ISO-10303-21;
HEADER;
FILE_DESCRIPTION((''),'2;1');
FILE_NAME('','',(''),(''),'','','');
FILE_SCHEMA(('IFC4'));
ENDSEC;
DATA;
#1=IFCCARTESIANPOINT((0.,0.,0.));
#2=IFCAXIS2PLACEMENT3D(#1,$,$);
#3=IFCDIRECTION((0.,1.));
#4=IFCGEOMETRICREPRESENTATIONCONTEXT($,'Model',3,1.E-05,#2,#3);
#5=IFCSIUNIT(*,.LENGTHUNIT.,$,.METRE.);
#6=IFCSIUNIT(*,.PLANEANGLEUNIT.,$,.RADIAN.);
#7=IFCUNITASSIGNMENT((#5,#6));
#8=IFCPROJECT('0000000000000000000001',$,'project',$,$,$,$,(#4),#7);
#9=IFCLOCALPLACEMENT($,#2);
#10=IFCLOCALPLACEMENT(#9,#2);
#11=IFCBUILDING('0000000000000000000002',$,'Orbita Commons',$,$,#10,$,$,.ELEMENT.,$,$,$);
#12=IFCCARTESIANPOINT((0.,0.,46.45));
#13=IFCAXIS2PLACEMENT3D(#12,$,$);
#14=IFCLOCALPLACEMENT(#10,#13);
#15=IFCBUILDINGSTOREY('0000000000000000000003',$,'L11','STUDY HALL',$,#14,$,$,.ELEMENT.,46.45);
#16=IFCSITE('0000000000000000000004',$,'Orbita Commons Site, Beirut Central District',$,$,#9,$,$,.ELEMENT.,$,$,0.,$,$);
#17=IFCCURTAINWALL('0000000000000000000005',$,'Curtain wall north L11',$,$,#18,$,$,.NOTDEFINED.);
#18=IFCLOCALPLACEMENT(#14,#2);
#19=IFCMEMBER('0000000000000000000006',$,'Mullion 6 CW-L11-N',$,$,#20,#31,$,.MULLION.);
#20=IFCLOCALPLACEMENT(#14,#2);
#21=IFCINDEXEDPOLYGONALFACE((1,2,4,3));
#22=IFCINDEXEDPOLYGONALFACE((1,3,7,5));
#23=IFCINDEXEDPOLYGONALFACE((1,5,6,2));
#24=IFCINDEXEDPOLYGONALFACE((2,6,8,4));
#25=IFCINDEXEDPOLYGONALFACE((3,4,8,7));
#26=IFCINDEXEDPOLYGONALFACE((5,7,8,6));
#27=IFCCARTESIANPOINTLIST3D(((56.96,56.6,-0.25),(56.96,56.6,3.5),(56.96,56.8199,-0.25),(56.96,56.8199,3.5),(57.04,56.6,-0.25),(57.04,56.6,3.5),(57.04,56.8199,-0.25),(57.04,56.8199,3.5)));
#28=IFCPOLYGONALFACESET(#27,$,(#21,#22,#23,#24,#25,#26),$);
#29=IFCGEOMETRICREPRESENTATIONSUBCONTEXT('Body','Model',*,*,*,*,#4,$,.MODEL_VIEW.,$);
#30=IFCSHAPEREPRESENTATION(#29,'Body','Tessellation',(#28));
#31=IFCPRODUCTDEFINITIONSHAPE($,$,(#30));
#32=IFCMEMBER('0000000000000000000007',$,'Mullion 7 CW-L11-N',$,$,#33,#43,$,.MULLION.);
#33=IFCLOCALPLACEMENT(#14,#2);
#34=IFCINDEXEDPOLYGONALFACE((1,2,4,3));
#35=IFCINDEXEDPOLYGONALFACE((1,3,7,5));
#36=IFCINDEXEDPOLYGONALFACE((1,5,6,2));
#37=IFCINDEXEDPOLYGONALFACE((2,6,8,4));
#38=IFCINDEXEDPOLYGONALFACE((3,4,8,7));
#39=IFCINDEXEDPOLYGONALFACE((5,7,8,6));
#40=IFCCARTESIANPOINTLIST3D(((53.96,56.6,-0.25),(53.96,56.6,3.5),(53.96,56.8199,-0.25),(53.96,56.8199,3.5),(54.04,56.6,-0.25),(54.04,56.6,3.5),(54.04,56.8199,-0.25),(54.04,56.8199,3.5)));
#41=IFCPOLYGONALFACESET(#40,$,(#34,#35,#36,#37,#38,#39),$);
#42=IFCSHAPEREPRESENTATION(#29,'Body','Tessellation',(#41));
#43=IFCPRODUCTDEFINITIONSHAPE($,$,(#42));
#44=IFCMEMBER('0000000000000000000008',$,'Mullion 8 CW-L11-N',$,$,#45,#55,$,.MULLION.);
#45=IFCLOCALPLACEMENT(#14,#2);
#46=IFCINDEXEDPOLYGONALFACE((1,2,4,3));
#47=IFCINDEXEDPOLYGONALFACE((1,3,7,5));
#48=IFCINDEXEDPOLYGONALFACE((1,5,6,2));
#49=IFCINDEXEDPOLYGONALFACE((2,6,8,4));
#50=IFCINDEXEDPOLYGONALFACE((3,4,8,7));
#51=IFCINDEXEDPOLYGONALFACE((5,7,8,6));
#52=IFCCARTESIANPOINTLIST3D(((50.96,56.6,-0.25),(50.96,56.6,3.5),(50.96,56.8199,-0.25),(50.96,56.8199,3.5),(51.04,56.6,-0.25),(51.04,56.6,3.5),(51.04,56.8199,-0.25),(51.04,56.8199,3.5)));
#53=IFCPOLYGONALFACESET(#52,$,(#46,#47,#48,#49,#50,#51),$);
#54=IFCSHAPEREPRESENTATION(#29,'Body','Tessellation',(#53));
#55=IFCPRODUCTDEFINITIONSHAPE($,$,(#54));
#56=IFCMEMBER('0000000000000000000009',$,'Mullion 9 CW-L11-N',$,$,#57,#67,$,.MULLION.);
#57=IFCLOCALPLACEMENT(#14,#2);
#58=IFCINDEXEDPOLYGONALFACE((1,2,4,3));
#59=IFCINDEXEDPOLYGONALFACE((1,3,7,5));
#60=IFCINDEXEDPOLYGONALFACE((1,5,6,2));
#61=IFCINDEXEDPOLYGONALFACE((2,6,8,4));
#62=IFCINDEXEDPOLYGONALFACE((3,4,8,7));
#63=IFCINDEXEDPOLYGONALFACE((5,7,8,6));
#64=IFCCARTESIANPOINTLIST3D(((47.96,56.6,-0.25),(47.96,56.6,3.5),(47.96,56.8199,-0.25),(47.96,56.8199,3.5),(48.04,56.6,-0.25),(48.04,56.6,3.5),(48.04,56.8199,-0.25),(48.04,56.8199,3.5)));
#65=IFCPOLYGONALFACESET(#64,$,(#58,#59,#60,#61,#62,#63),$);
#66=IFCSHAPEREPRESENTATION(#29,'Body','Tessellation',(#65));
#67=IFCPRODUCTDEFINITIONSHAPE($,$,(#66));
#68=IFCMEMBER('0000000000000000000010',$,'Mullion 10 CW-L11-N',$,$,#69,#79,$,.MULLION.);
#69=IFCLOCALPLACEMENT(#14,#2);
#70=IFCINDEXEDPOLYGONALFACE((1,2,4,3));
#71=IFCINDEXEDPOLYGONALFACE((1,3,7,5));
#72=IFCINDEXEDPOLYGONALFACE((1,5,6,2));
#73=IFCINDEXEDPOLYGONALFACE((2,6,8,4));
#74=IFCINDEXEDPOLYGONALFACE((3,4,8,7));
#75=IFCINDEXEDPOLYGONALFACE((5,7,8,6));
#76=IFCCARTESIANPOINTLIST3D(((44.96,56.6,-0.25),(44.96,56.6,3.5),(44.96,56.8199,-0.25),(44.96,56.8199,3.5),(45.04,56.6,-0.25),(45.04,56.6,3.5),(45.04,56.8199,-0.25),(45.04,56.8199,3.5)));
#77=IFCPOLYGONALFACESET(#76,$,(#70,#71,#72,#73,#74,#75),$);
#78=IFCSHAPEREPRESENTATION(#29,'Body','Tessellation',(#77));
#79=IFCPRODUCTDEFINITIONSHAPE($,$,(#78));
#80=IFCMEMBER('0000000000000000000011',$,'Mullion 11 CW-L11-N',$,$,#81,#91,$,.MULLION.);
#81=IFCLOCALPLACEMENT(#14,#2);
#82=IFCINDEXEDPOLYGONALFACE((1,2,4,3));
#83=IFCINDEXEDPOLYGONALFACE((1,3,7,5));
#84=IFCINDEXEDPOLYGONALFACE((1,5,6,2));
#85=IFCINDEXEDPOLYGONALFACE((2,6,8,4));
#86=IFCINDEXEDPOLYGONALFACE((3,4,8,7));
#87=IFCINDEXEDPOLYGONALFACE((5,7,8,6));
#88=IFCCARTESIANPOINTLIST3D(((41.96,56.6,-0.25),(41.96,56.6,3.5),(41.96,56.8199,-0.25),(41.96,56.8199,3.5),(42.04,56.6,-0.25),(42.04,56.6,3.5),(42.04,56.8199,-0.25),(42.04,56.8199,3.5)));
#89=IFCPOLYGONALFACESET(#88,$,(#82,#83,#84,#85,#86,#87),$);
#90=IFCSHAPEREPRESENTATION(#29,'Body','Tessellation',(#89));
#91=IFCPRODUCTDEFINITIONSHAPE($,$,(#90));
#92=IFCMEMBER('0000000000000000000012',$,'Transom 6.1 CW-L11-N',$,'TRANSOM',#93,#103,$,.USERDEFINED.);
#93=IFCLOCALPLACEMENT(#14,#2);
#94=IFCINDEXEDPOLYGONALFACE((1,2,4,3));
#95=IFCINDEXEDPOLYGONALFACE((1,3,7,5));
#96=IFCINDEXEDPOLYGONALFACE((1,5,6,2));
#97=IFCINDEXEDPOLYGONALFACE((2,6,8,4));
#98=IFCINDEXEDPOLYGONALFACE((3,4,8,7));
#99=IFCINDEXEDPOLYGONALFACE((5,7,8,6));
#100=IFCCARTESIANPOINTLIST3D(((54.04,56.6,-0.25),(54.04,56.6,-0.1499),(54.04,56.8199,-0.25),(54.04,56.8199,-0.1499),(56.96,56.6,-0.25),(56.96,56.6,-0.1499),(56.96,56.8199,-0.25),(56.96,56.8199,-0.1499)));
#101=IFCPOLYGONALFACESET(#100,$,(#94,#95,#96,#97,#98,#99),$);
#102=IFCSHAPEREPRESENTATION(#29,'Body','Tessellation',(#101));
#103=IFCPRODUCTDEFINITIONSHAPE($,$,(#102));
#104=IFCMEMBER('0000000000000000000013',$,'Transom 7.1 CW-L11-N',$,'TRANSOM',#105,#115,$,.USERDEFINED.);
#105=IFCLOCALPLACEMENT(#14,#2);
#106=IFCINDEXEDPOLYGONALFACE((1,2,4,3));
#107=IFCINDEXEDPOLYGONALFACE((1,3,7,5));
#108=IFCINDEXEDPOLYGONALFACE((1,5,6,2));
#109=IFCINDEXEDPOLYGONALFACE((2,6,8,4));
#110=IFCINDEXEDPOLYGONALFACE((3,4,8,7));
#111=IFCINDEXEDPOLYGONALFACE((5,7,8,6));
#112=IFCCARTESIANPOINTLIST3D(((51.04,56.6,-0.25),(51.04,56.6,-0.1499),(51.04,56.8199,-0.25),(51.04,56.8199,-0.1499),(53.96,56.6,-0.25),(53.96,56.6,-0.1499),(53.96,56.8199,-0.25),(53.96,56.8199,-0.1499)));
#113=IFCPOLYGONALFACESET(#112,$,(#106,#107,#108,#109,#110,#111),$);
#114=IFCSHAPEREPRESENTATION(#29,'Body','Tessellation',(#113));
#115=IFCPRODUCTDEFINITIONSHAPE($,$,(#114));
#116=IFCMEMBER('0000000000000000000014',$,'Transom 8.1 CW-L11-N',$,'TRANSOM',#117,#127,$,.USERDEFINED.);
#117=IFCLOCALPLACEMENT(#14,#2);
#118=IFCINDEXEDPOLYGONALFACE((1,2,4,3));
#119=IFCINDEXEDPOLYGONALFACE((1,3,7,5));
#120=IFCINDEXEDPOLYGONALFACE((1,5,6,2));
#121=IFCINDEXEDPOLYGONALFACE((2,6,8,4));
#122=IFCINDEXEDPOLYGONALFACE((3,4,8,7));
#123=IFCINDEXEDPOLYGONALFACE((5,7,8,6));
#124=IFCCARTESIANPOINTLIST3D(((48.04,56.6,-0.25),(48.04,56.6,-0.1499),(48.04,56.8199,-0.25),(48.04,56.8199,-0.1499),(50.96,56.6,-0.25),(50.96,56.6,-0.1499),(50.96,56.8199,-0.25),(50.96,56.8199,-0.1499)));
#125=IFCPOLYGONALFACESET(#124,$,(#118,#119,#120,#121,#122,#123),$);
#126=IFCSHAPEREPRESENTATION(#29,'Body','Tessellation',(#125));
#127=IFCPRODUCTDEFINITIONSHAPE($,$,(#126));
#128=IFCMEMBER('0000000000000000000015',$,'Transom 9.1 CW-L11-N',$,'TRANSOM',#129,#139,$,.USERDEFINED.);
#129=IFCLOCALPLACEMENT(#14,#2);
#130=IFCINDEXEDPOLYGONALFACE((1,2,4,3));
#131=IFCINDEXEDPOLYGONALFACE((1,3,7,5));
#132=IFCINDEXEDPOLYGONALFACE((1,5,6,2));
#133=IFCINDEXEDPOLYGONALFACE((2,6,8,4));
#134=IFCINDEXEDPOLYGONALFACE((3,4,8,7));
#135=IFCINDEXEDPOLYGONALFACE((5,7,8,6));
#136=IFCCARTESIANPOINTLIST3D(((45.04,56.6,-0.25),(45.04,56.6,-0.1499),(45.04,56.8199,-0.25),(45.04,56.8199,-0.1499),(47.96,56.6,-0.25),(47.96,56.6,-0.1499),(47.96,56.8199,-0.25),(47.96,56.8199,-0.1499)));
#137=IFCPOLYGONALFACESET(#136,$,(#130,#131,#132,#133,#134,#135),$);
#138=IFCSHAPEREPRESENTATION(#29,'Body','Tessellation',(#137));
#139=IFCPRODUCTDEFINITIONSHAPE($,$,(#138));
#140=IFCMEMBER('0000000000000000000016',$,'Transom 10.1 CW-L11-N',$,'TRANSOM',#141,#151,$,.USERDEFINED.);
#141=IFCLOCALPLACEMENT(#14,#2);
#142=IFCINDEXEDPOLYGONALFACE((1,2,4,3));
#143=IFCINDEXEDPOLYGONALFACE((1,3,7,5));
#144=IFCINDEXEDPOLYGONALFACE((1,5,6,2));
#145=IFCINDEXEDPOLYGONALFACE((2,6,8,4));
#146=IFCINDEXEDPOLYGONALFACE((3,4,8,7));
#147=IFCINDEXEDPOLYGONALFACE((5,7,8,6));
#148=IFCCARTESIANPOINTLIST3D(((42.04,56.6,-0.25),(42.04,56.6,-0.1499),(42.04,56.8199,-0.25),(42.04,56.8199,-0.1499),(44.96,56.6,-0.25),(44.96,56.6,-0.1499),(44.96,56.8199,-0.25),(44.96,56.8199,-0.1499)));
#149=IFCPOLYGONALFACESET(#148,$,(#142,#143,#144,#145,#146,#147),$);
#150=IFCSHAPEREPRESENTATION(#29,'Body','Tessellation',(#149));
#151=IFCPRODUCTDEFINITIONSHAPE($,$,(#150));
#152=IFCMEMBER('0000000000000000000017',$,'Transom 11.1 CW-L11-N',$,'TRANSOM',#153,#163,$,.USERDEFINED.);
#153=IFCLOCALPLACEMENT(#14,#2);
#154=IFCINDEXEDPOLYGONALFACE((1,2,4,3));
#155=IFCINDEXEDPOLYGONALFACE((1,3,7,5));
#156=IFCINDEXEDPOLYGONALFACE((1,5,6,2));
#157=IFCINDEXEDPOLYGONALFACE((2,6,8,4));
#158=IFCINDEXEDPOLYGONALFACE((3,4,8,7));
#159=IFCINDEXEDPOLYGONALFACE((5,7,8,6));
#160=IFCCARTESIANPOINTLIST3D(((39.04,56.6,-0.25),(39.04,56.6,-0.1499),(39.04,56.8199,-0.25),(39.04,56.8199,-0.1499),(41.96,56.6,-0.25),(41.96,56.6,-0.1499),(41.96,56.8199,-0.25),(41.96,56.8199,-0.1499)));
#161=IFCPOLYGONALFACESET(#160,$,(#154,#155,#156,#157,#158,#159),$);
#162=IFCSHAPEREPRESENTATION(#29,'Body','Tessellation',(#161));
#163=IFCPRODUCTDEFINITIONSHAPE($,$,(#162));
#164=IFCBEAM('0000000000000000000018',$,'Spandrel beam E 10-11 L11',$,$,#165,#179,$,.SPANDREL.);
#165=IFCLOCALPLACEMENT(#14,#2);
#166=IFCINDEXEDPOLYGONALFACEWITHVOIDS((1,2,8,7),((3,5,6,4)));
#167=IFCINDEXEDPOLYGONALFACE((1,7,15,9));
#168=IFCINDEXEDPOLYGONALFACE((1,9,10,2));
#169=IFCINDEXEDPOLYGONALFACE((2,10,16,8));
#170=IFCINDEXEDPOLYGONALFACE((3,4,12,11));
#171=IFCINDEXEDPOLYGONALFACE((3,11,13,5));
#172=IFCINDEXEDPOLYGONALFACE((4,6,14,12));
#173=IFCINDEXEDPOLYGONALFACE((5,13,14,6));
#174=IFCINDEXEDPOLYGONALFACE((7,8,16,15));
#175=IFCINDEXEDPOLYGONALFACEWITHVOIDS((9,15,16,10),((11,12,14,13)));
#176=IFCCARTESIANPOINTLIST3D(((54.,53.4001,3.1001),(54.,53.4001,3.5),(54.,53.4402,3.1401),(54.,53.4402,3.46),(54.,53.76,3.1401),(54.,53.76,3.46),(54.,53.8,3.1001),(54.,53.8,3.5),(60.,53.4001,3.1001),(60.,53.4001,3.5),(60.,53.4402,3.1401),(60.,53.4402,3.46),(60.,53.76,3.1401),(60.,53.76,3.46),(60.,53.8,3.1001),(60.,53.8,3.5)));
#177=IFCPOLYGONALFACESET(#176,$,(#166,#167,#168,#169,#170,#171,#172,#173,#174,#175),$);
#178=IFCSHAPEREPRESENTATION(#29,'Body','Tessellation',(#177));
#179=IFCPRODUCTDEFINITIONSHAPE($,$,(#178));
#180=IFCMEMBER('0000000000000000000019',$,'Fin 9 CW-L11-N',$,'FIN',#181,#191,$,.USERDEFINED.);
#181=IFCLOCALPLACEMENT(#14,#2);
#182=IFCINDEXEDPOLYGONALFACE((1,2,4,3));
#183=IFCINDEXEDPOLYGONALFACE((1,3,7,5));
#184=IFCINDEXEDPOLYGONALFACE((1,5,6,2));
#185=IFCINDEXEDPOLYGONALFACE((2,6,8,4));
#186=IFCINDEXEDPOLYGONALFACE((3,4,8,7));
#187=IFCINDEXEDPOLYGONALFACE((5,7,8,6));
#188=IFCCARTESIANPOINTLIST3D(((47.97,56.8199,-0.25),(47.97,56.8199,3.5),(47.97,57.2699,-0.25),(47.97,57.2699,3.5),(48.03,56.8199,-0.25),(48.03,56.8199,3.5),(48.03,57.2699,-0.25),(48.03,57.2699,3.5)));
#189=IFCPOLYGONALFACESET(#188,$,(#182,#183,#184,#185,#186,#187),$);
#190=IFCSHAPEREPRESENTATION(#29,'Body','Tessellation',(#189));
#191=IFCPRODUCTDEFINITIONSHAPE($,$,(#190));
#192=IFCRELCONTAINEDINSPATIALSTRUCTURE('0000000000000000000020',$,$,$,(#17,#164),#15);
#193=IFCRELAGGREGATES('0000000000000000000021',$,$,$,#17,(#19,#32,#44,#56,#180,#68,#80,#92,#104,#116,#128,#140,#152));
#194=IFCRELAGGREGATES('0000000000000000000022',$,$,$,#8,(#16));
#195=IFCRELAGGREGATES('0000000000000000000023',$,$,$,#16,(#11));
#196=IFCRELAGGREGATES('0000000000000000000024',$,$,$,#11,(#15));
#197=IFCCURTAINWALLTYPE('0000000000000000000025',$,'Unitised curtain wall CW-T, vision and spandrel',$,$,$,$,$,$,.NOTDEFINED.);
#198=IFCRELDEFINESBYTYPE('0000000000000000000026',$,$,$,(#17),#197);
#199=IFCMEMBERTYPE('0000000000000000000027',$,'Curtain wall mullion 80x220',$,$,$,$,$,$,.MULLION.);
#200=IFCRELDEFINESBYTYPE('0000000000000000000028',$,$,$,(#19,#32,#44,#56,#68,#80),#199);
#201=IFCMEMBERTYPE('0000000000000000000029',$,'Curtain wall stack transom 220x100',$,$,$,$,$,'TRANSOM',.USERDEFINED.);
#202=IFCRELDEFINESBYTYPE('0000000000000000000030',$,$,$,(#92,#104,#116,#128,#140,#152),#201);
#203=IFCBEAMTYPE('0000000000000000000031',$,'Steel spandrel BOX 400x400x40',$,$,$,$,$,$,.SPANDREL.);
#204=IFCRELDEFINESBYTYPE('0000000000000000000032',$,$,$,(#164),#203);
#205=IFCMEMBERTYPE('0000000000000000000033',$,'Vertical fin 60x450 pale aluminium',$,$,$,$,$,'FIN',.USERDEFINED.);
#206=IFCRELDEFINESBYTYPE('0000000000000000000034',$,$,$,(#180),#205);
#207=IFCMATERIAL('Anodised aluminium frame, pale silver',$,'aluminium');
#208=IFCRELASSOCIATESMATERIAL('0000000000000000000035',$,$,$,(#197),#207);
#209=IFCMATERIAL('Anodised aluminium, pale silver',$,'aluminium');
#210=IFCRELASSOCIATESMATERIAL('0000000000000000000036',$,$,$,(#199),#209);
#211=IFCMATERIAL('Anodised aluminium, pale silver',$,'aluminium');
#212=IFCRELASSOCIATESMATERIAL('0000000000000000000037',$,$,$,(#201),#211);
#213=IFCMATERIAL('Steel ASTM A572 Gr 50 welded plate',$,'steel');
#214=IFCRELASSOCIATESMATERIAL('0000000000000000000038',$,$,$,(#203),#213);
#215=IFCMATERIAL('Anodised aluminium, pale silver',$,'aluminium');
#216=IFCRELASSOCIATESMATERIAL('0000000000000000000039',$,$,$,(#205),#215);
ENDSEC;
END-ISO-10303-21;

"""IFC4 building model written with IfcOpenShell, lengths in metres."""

from ifc_helpers import new_model, si_unit, direction, frame, origin, origin_2d, place, context, subcontext, project, spatial, rectangle, hollow_rectangle, extrude, material, material_profile, profile_set, type_object, element, aggregate, save


model = new_model("IFC4")

# Units and contexts
model_context = context("Model", 3, precision=1e-05, world=origin(), true_north=direction((0.0, 1.0)))
body_context = subcontext(model_context, "Body", "Model", "MODEL_VIEW")
ifc_project = project(units=[si_unit("LENGTHUNIT", "METRE"), si_unit("PLANEANGLEUNIT", "RADIAN")], contexts=[model_context])

# Site, building, storey
site_placement = place(None, origin())
site = spatial("IfcSite", under=ifc_project, at=site_placement, Name="Orbita Commons Site, Beirut Central District", CompositionType="ELEMENT", RefElevation=0.0)
building_placement = place(site_placement, origin())
building = spatial("IfcBuilding", under=site, at=building_placement, Name="Orbita Commons", CompositionType="ELEMENT")
storey_placement = place(building_placement, frame((0.0, 0.0, 46.45)))
storey = spatial("IfcBuildingStorey", under=building, at=storey_placement, Name="L11", Description="STUDY HALL", CompositionType="ELEMENT", Elevation=46.45)

# Curtain wall, members
ifc_material_1 = material(Name="Anodised aluminium frame, pale silver", Category="aluminium")
curtain_wall_type = type_object("IfcCurtainWallType", Name="Unitised curtain wall CW-T, vision and spandrel", PredefinedType="NOTDEFINED", material=ifc_material_1)
curtain_wall_placement = place(storey_placement, origin())
curtain_wall = element("IfcCurtainWall", 1, at=curtain_wall_placement, inside=storey, type_object=curtain_wall_type, Name="Curtain wall north L11", PredefinedType="NOTDEFINED")
ifc_material_2 = material(Name="Anodised aluminium, pale silver", Category="aluminium")
ifc_material_profile_1 = material_profile(ifc_material_2, rectangle(XDim=0.0801, YDim=0.22, at=origin_2d()), Name="AL 80x220")
ifc_profile_set_1 = profile_set([ifc_material_profile_1], Name="Anodised aluminium, pale silver")
member_type_1 = type_object("IfcMemberType", Name="Curtain wall mullion 80x220", PredefinedType="MULLION", material=ifc_profile_set_1)
member_1_placement = place(storey_placement, frame((57.0, 56.71, -0.25), z_axis=(0.0, 0.0, 1.0), x_axis=(-1.0, 0.0, 0.0)))
member_1 = element("IfcMember", 2, at=member_1_placement, type_object=member_type_1, Name="Mullion 6 CW-L11-N", PredefinedType="MULLION", context=body_context, shape_type="SweptSolid", body=[
    extrude(rectangle(XDim=0.0801, YDim=0.22, at=origin_2d()), origin(), (0.0, 0.0, 1.0), 3.75),
])
member_2_placement = place(storey_placement, frame((54.0, 56.71, -0.25), z_axis=(0.0, 0.0, 1.0), x_axis=(-1.0, 0.0, 0.0)))
member_2 = element("IfcMember", 3, at=member_2_placement, type_object=member_type_1, Name="Mullion 7 CW-L11-N", PredefinedType="MULLION", context=body_context, shape_type="SweptSolid", body=[
    extrude(rectangle(XDim=0.0801, YDim=0.22, at=origin_2d()), origin(), (0.0, 0.0, 1.0), 3.75),
])
member_3_placement = place(storey_placement, frame((51.0, 56.71, -0.25), z_axis=(0.0, 0.0, 1.0), x_axis=(-1.0, 0.0, 0.0)))
member_3 = element("IfcMember", 4, at=member_3_placement, type_object=member_type_1, Name="Mullion 8 CW-L11-N", PredefinedType="MULLION", context=body_context, shape_type="SweptSolid", body=[
    extrude(rectangle(XDim=0.0801, YDim=0.22, at=origin_2d()), origin(), (0.0, 0.0, 1.0), 3.75),
])
member_4_placement = place(storey_placement, frame((48.0, 56.71, -0.25), z_axis=(0.0, 0.0, 1.0), x_axis=(-1.0, 0.0, 0.0)))
member_4 = element("IfcMember", 5, at=member_4_placement, type_object=member_type_1, Name="Mullion 9 CW-L11-N", PredefinedType="MULLION", context=body_context, shape_type="SweptSolid", body=[
    extrude(rectangle(XDim=0.0801, YDim=0.22, at=origin_2d()), origin(), (0.0, 0.0, 1.0), 3.75),
])
member_5_placement = place(storey_placement, frame((45.0, 56.71, -0.25), z_axis=(0.0, 0.0, 1.0), x_axis=(-1.0, 0.0, 0.0)))
member_5 = element("IfcMember", 6, at=member_5_placement, type_object=member_type_1, Name="Mullion 10 CW-L11-N", PredefinedType="MULLION", context=body_context, shape_type="SweptSolid", body=[
    extrude(rectangle(XDim=0.0801, YDim=0.22, at=origin_2d()), origin(), (0.0, 0.0, 1.0), 3.75),
])
member_6_placement = place(storey_placement, frame((42.0, 56.71, -0.25), z_axis=(0.0, 0.0, 1.0), x_axis=(-1.0, 0.0, 0.0)))
member_6 = element("IfcMember", 7, at=member_6_placement, type_object=member_type_1, Name="Mullion 11 CW-L11-N", PredefinedType="MULLION", context=body_context, shape_type="SweptSolid", body=[
    extrude(rectangle(XDim=0.0801, YDim=0.22, at=origin_2d()), origin(), (0.0, 0.0, 1.0), 3.75),
])
ifc_material_3 = material(Name="Anodised aluminium, pale silver", Category="aluminium")
ifc_material_profile_2 = material_profile(ifc_material_3, rectangle(XDim=0.22, YDim=0.1001, at=origin_2d()), Name="AL 220x100")
ifc_profile_set_2 = profile_set([ifc_material_profile_2], Name="Anodised aluminium, pale silver")
member_type_2 = type_object("IfcMemberType", Name="Curtain wall stack transom 220x100", ElementType="TRANSOM", PredefinedType="USERDEFINED", material=ifc_profile_set_2)
member_7_placement = place(storey_placement, frame((56.96, 56.71, -0.2), z_axis=(-1.0, 0.0, 0.0), x_axis=(0.0, -1.0, 0.0)))
member_7 = element("IfcMember", 8, at=member_7_placement, type_object=member_type_2, Name="Transom 6.1 CW-L11-N", ObjectType="TRANSOM", PredefinedType="USERDEFINED", context=body_context, shape_type="SweptSolid", body=[
    extrude(rectangle(XDim=0.22, YDim=0.1001, at=origin_2d()), origin(), (0.0, 0.0, 1.0), 2.9199),
])
member_8_placement = place(storey_placement, frame((53.96, 56.71, -0.2), z_axis=(-1.0, 0.0, 0.0), x_axis=(0.0, -1.0, 0.0)))
member_8 = element("IfcMember", 9, at=member_8_placement, type_object=member_type_2, Name="Transom 7.1 CW-L11-N", ObjectType="TRANSOM", PredefinedType="USERDEFINED", context=body_context, shape_type="SweptSolid", body=[
    extrude(rectangle(XDim=0.22, YDim=0.1001, at=origin_2d()), origin(), (0.0, 0.0, 1.0), 2.9199),
])
member_9_placement = place(storey_placement, frame((50.96, 56.71, -0.2), z_axis=(-1.0, 0.0, 0.0), x_axis=(0.0, -1.0, 0.0)))
member_9 = element("IfcMember", 10, at=member_9_placement, type_object=member_type_2, Name="Transom 8.1 CW-L11-N", ObjectType="TRANSOM", PredefinedType="USERDEFINED", context=body_context, shape_type="SweptSolid", body=[
    extrude(rectangle(XDim=0.22, YDim=0.1001, at=origin_2d()), origin(), (0.0, 0.0, 1.0), 2.9199),
])
member_10_placement = place(storey_placement, frame((47.96, 56.71, -0.2), z_axis=(-1.0, 0.0, 0.0), x_axis=(0.0, -1.0, 0.0)))
member_10 = element("IfcMember", 11, at=member_10_placement, type_object=member_type_2, Name="Transom 9.1 CW-L11-N", ObjectType="TRANSOM", PredefinedType="USERDEFINED", context=body_context, shape_type="SweptSolid", body=[
    extrude(rectangle(XDim=0.22, YDim=0.1001, at=origin_2d()), origin(), (0.0, 0.0, 1.0), 2.9199),
])
member_11_placement = place(storey_placement, frame((44.96, 56.71, -0.2), z_axis=(-1.0, 0.0, 0.0), x_axis=(0.0, -1.0, 0.0)))
member_11 = element("IfcMember", 12, at=member_11_placement, type_object=member_type_2, Name="Transom 10.1 CW-L11-N", ObjectType="TRANSOM", PredefinedType="USERDEFINED", context=body_context, shape_type="SweptSolid", body=[
    extrude(rectangle(XDim=0.22, YDim=0.1001, at=origin_2d()), origin(), (0.0, 0.0, 1.0), 2.9199),
])
member_12_placement = place(storey_placement, frame((41.96, 56.71, -0.2), z_axis=(-1.0, 0.0, 0.0), x_axis=(0.0, -1.0, 0.0)))
member_12 = element("IfcMember", 13, at=member_12_placement, type_object=member_type_2, Name="Transom 11.1 CW-L11-N", ObjectType="TRANSOM", PredefinedType="USERDEFINED", context=body_context, shape_type="SweptSolid", body=[
    extrude(rectangle(XDim=0.22, YDim=0.1001, at=origin_2d()), origin(), (0.0, 0.0, 1.0), 2.9199),
])

# Beam
ifc_material_4 = material(Name="Steel ASTM A572 Gr 50 welded plate", Category="steel")
ifc_material_profile_3 = material_profile(ifc_material_4, hollow_rectangle(XDim=0.3999, YDim=0.3999, WallThickness=0.04, at=origin_2d()), Name="BOX 400x400x40")
ifc_profile_set_3 = profile_set([ifc_material_profile_3], Name="Steel ASTM A572 Gr 50 welded plate")
beam_type = type_object("IfcBeamType", Name="Steel spandrel BOX 400x400x40", PredefinedType="SPANDREL", material=ifc_profile_set_3)
beam_placement = place(storey_placement, frame((54.0, 53.6001, 3.3), z_axis=(1.0, 0.0, 0.0), x_axis=(0.0, 1.0, 0.0)))
element("IfcBeam", 14, at=beam_placement, inside=storey, type_object=beam_type, Name="Spandrel beam E 10-11 L11", PredefinedType="SPANDREL", context=body_context, shape_type="SweptSolid", body=[
    extrude(hollow_rectangle(XDim=0.3999, YDim=0.3999, WallThickness=0.04, at=origin_2d()), origin(), (0.0, 0.0, 1.0), 6.0),
])

# Member
ifc_material_5 = material(Name="Anodised aluminium, pale silver", Category="aluminium")
ifc_material_profile_4 = material_profile(ifc_material_5, rectangle(XDim=0.0601, YDim=0.45, at=origin_2d()), Name="FIN 60x450")
ifc_profile_set_4 = profile_set([ifc_material_profile_4], Name="Anodised aluminium, pale silver")
member_type_3 = type_object("IfcMemberType", Name="Vertical fin 60x450 pale aluminium", ElementType="FIN", PredefinedType="USERDEFINED", material=ifc_profile_set_4)
member_13_placement = place(storey_placement, frame((48.0, 57.0449, -0.25), z_axis=(0.0, 0.0, 1.0), x_axis=(-1.0, 0.0, 0.0)))
member_13 = element("IfcMember", 15, at=member_13_placement, type_object=member_type_3, Name="Fin 9 CW-L11-N", ObjectType="FIN", PredefinedType="USERDEFINED", context=body_context, shape_type="SweptSolid", body=[
    extrude(rectangle(XDim=0.0601, YDim=0.45, at=origin_2d()), origin(), (0.0, 0.0, 1.0), 3.75),
])

aggregate(curtain_wall, [member_1, member_2, member_3, member_4, member_13, member_5, member_6, member_7, member_8, member_9, member_10, member_11, member_12])

save(model, "model.ifc")
